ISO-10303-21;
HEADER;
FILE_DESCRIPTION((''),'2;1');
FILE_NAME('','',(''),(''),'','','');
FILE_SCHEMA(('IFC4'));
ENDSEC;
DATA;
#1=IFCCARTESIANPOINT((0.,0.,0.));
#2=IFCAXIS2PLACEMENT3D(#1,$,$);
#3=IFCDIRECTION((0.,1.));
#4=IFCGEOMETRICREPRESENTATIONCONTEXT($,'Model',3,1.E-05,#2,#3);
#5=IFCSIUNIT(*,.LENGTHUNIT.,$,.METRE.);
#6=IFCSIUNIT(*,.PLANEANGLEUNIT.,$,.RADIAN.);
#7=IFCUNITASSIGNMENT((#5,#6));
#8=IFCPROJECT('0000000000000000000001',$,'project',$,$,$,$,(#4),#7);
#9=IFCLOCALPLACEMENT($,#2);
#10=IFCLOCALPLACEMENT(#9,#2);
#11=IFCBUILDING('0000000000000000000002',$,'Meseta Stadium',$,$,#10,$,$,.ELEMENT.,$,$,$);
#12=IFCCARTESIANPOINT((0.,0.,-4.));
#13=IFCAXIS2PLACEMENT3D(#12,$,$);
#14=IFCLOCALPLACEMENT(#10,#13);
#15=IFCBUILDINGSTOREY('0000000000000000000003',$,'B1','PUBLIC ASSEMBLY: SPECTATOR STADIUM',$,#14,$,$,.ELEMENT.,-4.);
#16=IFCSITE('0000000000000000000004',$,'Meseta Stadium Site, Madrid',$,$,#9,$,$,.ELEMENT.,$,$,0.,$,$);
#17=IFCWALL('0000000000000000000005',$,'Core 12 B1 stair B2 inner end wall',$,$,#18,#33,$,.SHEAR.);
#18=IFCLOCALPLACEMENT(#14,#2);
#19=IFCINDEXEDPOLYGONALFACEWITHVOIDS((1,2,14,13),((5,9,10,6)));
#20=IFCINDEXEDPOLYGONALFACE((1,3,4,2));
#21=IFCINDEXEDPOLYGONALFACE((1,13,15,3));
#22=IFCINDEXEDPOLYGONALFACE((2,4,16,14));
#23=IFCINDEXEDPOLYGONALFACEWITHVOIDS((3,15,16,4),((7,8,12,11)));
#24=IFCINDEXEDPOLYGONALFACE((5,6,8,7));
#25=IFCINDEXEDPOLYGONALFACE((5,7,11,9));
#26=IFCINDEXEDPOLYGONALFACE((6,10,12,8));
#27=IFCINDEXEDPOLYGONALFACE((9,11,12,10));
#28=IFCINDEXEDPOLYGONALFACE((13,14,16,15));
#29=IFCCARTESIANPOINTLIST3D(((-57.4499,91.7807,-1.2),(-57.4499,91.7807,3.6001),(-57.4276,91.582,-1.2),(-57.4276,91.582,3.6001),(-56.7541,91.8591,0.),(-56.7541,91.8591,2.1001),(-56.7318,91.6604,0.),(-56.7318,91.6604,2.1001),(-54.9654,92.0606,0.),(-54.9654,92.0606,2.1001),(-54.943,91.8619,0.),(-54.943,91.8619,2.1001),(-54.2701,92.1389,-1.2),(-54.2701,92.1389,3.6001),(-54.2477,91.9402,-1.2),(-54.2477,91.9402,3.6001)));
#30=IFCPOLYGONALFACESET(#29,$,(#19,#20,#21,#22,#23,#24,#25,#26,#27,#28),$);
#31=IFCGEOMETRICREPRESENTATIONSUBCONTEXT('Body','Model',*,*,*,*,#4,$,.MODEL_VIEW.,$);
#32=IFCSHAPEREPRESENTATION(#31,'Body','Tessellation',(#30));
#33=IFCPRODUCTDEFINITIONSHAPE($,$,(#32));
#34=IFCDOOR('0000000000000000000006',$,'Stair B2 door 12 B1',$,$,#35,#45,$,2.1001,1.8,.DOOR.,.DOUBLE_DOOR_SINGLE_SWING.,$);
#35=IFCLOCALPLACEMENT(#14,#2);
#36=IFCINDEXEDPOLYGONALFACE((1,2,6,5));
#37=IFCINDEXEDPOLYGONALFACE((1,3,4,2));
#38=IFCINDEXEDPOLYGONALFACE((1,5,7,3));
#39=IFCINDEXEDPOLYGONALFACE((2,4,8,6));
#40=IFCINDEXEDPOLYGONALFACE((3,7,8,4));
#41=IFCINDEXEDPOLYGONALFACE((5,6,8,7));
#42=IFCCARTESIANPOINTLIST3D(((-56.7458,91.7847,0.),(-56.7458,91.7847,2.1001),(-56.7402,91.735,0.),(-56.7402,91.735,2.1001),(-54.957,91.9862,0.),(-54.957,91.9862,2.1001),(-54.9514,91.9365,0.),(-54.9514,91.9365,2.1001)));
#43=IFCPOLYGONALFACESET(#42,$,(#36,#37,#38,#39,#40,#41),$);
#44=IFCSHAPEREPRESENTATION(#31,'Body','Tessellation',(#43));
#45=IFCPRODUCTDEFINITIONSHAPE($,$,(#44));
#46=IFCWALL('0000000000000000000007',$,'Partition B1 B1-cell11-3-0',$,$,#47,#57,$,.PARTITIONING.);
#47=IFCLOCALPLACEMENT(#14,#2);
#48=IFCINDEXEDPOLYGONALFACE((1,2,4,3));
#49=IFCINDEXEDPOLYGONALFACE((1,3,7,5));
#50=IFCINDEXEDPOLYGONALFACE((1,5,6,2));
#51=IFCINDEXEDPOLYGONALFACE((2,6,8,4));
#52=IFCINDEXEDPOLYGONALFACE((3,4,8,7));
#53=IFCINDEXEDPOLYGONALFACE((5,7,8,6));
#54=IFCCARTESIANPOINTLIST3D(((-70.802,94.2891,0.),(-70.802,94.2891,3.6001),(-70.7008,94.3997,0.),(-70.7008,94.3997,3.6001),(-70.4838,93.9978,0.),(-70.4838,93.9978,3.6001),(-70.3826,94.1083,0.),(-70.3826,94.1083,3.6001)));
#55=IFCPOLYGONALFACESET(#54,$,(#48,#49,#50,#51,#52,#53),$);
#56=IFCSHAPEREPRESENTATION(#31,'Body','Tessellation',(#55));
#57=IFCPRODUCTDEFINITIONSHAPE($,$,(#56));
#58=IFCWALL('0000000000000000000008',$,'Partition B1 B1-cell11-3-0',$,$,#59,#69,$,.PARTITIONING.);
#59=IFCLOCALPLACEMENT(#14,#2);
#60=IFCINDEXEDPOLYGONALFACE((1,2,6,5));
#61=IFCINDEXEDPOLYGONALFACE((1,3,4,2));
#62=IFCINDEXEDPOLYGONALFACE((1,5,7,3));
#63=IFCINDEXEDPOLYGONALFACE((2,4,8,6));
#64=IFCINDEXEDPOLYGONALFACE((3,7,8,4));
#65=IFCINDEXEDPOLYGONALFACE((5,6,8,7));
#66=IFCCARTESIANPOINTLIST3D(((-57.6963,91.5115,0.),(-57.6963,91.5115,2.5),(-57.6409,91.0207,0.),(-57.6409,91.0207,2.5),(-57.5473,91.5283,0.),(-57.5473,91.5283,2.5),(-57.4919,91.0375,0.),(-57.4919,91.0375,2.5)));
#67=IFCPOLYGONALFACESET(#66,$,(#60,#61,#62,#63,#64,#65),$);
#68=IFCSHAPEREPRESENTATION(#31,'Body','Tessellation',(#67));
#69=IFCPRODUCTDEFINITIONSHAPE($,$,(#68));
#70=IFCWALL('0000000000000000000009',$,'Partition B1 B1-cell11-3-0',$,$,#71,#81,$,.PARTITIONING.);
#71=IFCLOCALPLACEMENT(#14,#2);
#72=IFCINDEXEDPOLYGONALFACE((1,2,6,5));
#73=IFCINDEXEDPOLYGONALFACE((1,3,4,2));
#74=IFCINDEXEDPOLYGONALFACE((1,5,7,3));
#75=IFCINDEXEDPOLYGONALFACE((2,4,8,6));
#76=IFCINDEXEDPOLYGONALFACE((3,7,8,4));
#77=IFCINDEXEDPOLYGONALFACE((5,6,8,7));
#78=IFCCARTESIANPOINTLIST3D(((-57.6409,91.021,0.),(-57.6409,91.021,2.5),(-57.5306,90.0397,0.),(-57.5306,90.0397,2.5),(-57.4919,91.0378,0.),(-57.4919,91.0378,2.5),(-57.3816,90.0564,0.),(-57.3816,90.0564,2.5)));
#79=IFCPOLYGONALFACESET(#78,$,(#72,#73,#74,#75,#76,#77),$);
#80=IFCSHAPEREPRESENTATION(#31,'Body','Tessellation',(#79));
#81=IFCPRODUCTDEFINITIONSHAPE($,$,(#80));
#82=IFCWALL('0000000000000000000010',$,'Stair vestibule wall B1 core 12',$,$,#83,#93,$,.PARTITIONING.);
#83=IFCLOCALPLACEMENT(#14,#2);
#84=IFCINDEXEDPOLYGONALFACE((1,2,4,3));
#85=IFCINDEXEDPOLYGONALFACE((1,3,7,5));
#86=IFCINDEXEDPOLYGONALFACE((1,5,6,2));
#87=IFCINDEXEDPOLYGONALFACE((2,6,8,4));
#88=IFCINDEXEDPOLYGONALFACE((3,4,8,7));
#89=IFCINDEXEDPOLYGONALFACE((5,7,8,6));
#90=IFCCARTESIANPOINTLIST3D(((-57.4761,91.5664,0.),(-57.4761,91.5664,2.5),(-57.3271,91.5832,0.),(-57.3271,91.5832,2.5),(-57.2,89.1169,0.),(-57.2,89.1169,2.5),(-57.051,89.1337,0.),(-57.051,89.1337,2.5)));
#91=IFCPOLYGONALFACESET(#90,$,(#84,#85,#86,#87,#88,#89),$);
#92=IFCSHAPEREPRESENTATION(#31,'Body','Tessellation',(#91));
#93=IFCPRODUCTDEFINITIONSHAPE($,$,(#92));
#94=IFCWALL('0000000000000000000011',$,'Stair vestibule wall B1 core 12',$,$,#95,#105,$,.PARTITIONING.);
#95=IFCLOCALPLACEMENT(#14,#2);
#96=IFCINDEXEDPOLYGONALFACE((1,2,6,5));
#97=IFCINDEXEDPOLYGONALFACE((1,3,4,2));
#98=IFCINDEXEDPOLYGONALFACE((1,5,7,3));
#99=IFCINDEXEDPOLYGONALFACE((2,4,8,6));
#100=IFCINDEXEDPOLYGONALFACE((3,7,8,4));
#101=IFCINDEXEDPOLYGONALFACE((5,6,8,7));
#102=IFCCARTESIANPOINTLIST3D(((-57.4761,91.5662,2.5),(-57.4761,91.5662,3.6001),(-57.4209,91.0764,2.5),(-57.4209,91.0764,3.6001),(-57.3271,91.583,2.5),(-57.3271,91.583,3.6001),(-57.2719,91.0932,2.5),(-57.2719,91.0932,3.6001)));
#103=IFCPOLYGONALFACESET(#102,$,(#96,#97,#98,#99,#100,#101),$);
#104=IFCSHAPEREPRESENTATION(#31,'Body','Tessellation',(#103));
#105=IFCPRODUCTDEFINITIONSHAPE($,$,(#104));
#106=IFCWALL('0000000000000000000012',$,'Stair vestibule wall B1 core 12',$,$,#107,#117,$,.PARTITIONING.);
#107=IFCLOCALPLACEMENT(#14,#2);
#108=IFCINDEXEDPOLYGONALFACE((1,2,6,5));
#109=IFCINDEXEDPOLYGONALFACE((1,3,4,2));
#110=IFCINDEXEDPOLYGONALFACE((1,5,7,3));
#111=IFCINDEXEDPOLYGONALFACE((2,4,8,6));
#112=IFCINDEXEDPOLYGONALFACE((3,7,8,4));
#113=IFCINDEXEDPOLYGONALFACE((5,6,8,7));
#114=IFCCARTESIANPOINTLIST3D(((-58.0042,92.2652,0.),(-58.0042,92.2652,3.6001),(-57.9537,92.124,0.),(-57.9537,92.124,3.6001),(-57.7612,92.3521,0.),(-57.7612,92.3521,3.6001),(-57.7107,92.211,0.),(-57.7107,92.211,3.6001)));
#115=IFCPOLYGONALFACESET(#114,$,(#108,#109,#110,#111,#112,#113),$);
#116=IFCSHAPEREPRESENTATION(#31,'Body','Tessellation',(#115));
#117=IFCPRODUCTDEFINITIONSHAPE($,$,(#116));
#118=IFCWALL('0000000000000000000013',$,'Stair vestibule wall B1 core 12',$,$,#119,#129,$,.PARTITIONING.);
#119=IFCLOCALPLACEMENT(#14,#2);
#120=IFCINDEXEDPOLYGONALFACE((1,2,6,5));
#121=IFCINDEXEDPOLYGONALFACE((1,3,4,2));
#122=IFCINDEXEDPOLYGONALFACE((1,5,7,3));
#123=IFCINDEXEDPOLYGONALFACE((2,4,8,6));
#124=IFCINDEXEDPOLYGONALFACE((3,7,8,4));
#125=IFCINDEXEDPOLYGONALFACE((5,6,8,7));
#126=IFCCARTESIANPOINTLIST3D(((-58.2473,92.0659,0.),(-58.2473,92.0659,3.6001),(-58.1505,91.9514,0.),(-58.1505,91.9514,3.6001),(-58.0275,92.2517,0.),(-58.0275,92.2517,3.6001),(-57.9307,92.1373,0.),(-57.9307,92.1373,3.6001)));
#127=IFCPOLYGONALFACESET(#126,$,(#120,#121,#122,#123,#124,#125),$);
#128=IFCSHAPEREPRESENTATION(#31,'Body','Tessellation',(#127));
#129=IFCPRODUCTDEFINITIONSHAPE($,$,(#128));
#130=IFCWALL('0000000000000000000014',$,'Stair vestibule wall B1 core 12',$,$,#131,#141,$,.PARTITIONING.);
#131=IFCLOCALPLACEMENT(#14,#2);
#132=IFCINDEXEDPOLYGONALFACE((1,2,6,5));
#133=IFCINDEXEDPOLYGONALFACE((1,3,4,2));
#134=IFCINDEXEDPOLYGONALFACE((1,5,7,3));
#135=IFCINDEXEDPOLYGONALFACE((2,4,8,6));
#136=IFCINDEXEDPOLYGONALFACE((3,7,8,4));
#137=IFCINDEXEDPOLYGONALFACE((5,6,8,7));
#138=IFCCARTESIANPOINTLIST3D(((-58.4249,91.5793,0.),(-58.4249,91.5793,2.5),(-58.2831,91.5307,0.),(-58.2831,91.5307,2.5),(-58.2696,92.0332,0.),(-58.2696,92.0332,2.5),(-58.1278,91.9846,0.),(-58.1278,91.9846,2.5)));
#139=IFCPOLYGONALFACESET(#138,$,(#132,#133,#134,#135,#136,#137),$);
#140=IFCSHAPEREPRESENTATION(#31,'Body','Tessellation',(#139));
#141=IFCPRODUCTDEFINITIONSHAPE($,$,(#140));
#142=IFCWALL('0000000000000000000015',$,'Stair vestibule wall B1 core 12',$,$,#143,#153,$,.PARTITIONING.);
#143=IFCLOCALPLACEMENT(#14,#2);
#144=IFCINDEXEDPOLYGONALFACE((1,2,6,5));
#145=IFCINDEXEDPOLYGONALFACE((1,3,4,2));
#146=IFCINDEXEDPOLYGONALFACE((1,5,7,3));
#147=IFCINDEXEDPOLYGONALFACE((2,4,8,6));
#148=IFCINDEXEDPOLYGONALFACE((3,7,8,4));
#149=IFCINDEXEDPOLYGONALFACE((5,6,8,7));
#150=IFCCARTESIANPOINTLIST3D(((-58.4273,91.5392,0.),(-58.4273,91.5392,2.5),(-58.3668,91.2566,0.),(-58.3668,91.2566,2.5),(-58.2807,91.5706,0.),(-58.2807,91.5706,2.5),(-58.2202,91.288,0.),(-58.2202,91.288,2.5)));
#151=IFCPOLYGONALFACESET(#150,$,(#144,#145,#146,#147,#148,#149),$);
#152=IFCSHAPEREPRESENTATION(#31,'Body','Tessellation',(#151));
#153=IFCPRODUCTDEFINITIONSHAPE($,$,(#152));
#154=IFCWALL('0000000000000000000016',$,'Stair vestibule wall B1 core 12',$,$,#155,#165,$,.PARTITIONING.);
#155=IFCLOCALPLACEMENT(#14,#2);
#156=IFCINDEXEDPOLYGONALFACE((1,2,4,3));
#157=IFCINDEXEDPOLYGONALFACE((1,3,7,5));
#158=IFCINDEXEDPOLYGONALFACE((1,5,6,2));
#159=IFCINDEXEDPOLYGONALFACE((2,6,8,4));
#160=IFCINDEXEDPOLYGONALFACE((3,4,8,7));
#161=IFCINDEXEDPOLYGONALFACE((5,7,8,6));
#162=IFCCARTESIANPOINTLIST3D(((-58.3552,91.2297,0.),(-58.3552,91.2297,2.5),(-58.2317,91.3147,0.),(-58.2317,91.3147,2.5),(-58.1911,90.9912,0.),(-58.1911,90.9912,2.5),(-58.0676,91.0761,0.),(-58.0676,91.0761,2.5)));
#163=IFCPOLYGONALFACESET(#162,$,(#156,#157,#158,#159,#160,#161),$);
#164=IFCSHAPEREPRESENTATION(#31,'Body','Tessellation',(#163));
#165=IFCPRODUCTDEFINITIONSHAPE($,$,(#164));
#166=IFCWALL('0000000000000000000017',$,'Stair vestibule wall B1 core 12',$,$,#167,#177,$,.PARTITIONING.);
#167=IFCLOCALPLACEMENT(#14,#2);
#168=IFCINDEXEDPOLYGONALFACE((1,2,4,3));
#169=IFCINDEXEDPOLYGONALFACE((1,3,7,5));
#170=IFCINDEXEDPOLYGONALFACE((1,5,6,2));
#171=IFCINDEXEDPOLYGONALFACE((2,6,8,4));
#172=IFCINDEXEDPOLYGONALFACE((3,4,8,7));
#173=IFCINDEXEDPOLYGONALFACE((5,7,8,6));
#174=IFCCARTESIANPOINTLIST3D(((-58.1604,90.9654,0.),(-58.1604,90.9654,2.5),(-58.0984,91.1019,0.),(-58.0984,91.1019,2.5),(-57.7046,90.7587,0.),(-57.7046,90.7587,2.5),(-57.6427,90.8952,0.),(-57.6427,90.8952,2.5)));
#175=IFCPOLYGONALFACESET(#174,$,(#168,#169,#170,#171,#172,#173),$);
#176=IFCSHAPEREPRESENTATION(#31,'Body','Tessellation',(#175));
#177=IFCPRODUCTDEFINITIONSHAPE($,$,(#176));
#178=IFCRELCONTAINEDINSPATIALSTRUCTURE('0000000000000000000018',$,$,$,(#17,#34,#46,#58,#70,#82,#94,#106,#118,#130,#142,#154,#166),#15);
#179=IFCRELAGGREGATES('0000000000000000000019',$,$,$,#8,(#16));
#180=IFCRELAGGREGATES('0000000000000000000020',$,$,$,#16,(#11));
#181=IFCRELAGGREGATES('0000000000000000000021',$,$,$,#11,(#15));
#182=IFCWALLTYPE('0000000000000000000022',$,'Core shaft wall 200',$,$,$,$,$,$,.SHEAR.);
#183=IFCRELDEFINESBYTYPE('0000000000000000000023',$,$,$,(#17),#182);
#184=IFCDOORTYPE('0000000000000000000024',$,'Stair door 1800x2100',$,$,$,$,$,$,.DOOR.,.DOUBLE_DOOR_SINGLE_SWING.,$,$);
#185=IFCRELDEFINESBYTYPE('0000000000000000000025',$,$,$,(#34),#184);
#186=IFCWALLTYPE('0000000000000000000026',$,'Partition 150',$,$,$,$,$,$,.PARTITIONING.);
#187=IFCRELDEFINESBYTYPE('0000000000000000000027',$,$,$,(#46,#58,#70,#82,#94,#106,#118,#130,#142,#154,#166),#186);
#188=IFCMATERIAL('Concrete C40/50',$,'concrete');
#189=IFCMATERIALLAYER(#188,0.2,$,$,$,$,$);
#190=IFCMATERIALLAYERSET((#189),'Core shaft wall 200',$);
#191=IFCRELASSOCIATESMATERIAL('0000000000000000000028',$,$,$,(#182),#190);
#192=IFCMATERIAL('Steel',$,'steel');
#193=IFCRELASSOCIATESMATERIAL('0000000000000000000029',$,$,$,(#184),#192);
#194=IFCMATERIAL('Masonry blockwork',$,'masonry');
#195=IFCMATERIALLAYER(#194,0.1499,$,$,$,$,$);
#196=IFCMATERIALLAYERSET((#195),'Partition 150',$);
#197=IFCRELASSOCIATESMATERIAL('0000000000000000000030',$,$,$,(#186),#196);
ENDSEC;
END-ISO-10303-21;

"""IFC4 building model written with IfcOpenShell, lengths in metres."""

from ifc_helpers import new_model, si_unit, direction, frame, frame_2d, origin, place, context, subcontext, project, spatial, rectangle, extrude, material, layer, layer_set, type_object, element, fill, save


model = new_model("IFC4")

# Units and contexts
model_context = context("Model", 3, precision=1e-05, world=origin(), true_north=direction((0.0, 1.0)))
body_context = subcontext(model_context, "Body", "Model", "MODEL_VIEW")
ifc_project = project(units=[si_unit("LENGTHUNIT", "METRE"), si_unit("PLANEANGLEUNIT", "RADIAN")], contexts=[model_context])

# Site, building, storey
site_placement = place(None, origin())
site = spatial("IfcSite", under=ifc_project, at=site_placement, Name="Meseta Stadium Site, Madrid", CompositionType="ELEMENT", RefElevation=0.0)
building_placement = place(site_placement, origin())
building = spatial("IfcBuilding", under=site, at=building_placement, Name="Meseta Stadium", CompositionType="ELEMENT")
storey_placement = place(building_placement, frame((0.0, 0.0, -4.0)))
storey = spatial("IfcBuildingStorey", under=building, at=storey_placement, Name="B1", Description="PUBLIC ASSEMBLY: SPECTATOR STADIUM", CompositionType="ELEMENT", Elevation=-4.0)

# Wall, opening, door
ifc_material_1 = material(Name="Concrete C40/50", Category="concrete")
ifc_layer_1 = layer(ifc_material_1, 0.2)
ifc_layer_set_1 = layer_set([ifc_layer_1], Name="Core shaft wall 200")
wall_type_1 = type_object("IfcWallType", Name="Core shaft wall 200", PredefinedType="SHEAR", material=ifc_layer_set_1)
wall_1_placement = place(storey_placement, frame((-54.2588, 92.0396, -1.2), z_axis=(0.0, 0.0, 1.0), x_axis=(-0.993717, -0.111922, 0.0)))
wall_1 = element("IfcWall", 1, at=wall_1_placement, inside=storey, type_object=wall_type_1, Name="Core 12 B1 stair B2 inner end wall", PredefinedType="SHEAR", context=body_context, shape_type="SweptSolid", body=[
    extrude(rectangle(XDim=3.2, YDim=0.2, at=frame_2d((1.6001, 0.0))), origin(), (0.0, 0.0, 1.0), 4.8),
])
opening_placement = place(wall_1_placement, frame((0.7, 0.0, 1.2)))
opening = element("IfcOpeningElement", 2, at=opening_placement, cuts=wall_1, PredefinedType="OPENING", context=body_context, shape_type="SweptSolid", body=[
    extrude(rectangle(XDim=1.8, YDim=2.1001, at=frame_2d((0.8999, 1.05))), frame((0.0, 0.1099, 0.0), z_axis=(0.0, -1.0, 0.0), x_axis=(1.0, 0.0, 0.0)), (0.0, 0.0, 1.0), 0.22),
])
ifc_material_2 = material(Name="Steel", Category="steel")
door_type = type_object("IfcDoorType", Name="Stair door 1800x2100", OperationType="DOUBLE_DOOR_SINGLE_SWING", PredefinedType="DOOR", material=ifc_material_2)
door_placement = place(opening_placement, origin())
door = element("IfcDoor", 3, at=door_placement, inside=storey, type_object=door_type, Name="Stair B2 door 12 B1", OperationType="DOUBLE_DOOR_SINGLE_SWING", OverallHeight=2.1001, OverallWidth=1.8, PredefinedType="DOOR", context=body_context, shape_type="SweptSolid", body=[
    extrude(rectangle(XDim=1.8, YDim=2.1001, at=frame_2d((0.8999, 1.05))), frame((0.0, 0.0249, 0.0), z_axis=(0.0, -1.0, 0.0), x_axis=(1.0, 0.0, 0.0)), (0.0, 0.0, 1.0), 0.05),
])
fill(opening, door)

# Walls
ifc_material_3 = material(Name="Masonry blockwork", Category="masonry")
ifc_layer_2 = layer(ifc_material_3, 0.1499)
ifc_layer_set_2 = layer_set([ifc_layer_2], Name="Partition 150")
wall_type_2 = type_object("IfcWallType", Name="Partition 150", PredefinedType="PARTITIONING", material=ifc_layer_set_2)
wall_2_placement = place(storey_placement, frame((-70.4331, 94.053, 0.0), z_axis=(0.0, 0.0, 1.0), x_axis=(-0.737553, 0.675289, 0.0)))
element("IfcWall", 4, at=wall_2_placement, inside=storey, type_object=wall_type_2, Name="Partition B1 B1-cell11-3-0", PredefinedType="PARTITIONING", context=body_context, shape_type="SweptSolid", body=[
    extrude(rectangle(XDim=0.4314, YDim=0.1499, at=frame_2d((0.2158, 0.0))), origin(), (0.0, 0.0, 1.0), 3.6001),
])
wall_3_placement = place(storey_placement, frame((-57.6218, 91.52, 0.0), z_axis=(0.0, 0.0, 1.0), x_axis=(0.112222, -0.993683, 0.0)))
element("IfcWall", 5, at=wall_3_placement, inside=storey, type_object=wall_type_2, Name="Partition B1 B1-cell11-3-0", PredefinedType="PARTITIONING", context=body_context, shape_type="SweptSolid", body=[
    extrude(rectangle(XDim=0.4939, YDim=0.1499, at=frame_2d((0.2471, 0.0))), origin(), (0.0, 0.0, 1.0), 2.5),
])
wall_4_placement = place(storey_placement, frame((-57.5664, 91.0293, 0.0), z_axis=(0.0, 0.0, 1.0), x_axis=(0.111734, -0.993738, 0.0)))
element("IfcWall", 6, at=wall_4_placement, inside=storey, type_object=wall_type_2, Name="Partition B1 B1-cell11-3-0", PredefinedType="PARTITIONING", context=body_context, shape_type="SweptSolid", body=[
    extrude(rectangle(XDim=0.9875, YDim=0.1499, at=frame_2d((0.4937, 0.0))), origin(), (0.0, 0.0, 1.0), 2.5),
])
wall_5_placement = place(storey_placement, frame((-57.4016, 91.5747, 0.0), z_axis=(0.0, 0.0, 1.0), x_axis=(0.112019, -0.993706, 0.0)))
element("IfcWall", 7, at=wall_5_placement, inside=storey, type_object=wall_type_2, Name="Stair vestibule wall B1 core 12", PredefinedType="PARTITIONING", context=body_context, shape_type="SweptSolid", body=[
    extrude(rectangle(XDim=2.4651, YDim=0.1499, at=frame_2d((1.2324, 0.0))), origin(), (0.0, 0.0, 1.0), 2.5),
])
wall_6_placement = place(storey_placement, frame((-57.4016, 91.5747, 2.5), z_axis=(0.0, 0.0, 1.0), x_axis=(0.111954, -0.993713, 0.0)))
element("IfcWall", 8, at=wall_6_placement, inside=storey, type_object=wall_type_2, Name="Stair vestibule wall B1 core 12", PredefinedType="PARTITIONING", context=body_context, shape_type="SweptSolid", body=[
    extrude(rectangle(XDim=0.4929, YDim=0.1499, at=frame_2d((0.2466, 0.0))), origin(), (0.0, 0.0, 1.0), 1.1001),
])
wall_7_placement = place(storey_placement, frame((-57.7361, 92.2815, 0.0), z_axis=(0.0, 0.0, 1.0), x_axis=(-0.941549, -0.336876, 0.0)))
element("IfcWall", 9, at=wall_7_placement, inside=storey, type_object=wall_type_2, Name="Stair vestibule wall B1 core 12", PredefinedType="PARTITIONING", context=body_context, shape_type="SweptSolid", body=[
    extrude(rectangle(XDim=0.2581, YDim=0.1499, at=frame_2d((0.1289, 0.0))), origin(), (0.0, 0.0, 1.0), 3.6001),
])
wall_8_placement = place(storey_placement, frame((-57.979, 92.1946, 0.0), z_axis=(0.0, 0.0, 1.0), x_axis=(-0.763612, -0.645676, 0.0)))
element("IfcWall", 10, at=wall_8_placement, inside=storey, type_object=wall_type_2, Name="Stair vestibule wall B1 core 12", PredefinedType="PARTITIONING", context=body_context, shape_type="SweptSolid", body=[
    extrude(rectangle(XDim=0.2878, YDim=0.1499, at=frame_2d((0.144, 0.0))), origin(), (0.0, 0.0, 1.0), 3.6001),
])
wall_9_placement = place(storey_placement, frame((-58.1987, 92.0088, 0.0), z_axis=(0.0, 0.0, 1.0), x_axis=(-0.3237, -0.94616, 0.0)))
element("IfcWall", 11, at=wall_9_placement, inside=storey, type_object=wall_type_2, Name="Stair vestibule wall B1 core 12", PredefinedType="PARTITIONING", context=body_context, shape_type="SweptSolid", body=[
    extrude(rectangle(XDim=0.4797, YDim=0.1499, at=frame_2d((0.2397, 0.0))), origin(), (0.0, 0.0, 1.0), 2.5),
])
wall_10_placement = place(storey_placement, frame((-58.354, 91.5549, 0.0), z_axis=(0.0, 0.0, 1.0), x_axis=(0.209414, -0.977827, 0.0)))
element("IfcWall", 12, at=wall_10_placement, inside=storey, type_object=wall_type_2, Name="Stair vestibule wall B1 core 12", PredefinedType="PARTITIONING", context=body_context, shape_type="SweptSolid", body=[
    extrude(rectangle(XDim=0.2891, YDim=0.1499, at=frame_2d((0.1445, 0.0))), origin(), (0.0, 0.0, 1.0), 2.5),
])
wall_11_placement = place(storey_placement, frame((-58.2935, 91.2722, 0.0), z_axis=(0.0, 0.0, 1.0), x_axis=(0.566708, -0.823919, 0.0)))
element("IfcWall", 13, at=wall_11_placement, inside=storey, type_object=wall_type_2, Name="Stair vestibule wall B1 core 12", PredefinedType="PARTITIONING", context=body_context, shape_type="SweptSolid", body=[
    extrude(rectangle(XDim=0.2896, YDim=0.1499, at=frame_2d((0.1448, 0.0))), origin(), (0.0, 0.0, 1.0), 2.5),
])
wall_12_placement = place(storey_placement, frame((-58.1294, 91.0337, 0.0), z_axis=(0.0, 0.0, 1.0), x_axis=(0.910667, -0.413141, 0.0)))
element("IfcWall", 14, at=wall_12_placement, inside=storey, type_object=wall_type_2, Name="Stair vestibule wall B1 core 12", PredefinedType="PARTITIONING", context=body_context, shape_type="SweptSolid", body=[
    extrude(rectangle(XDim=0.5005, YDim=0.1499, at=frame_2d((0.2502, 0.0))), origin(), (0.0, 0.0, 1.0), 2.5),
])

save(model, "model.ifc")
